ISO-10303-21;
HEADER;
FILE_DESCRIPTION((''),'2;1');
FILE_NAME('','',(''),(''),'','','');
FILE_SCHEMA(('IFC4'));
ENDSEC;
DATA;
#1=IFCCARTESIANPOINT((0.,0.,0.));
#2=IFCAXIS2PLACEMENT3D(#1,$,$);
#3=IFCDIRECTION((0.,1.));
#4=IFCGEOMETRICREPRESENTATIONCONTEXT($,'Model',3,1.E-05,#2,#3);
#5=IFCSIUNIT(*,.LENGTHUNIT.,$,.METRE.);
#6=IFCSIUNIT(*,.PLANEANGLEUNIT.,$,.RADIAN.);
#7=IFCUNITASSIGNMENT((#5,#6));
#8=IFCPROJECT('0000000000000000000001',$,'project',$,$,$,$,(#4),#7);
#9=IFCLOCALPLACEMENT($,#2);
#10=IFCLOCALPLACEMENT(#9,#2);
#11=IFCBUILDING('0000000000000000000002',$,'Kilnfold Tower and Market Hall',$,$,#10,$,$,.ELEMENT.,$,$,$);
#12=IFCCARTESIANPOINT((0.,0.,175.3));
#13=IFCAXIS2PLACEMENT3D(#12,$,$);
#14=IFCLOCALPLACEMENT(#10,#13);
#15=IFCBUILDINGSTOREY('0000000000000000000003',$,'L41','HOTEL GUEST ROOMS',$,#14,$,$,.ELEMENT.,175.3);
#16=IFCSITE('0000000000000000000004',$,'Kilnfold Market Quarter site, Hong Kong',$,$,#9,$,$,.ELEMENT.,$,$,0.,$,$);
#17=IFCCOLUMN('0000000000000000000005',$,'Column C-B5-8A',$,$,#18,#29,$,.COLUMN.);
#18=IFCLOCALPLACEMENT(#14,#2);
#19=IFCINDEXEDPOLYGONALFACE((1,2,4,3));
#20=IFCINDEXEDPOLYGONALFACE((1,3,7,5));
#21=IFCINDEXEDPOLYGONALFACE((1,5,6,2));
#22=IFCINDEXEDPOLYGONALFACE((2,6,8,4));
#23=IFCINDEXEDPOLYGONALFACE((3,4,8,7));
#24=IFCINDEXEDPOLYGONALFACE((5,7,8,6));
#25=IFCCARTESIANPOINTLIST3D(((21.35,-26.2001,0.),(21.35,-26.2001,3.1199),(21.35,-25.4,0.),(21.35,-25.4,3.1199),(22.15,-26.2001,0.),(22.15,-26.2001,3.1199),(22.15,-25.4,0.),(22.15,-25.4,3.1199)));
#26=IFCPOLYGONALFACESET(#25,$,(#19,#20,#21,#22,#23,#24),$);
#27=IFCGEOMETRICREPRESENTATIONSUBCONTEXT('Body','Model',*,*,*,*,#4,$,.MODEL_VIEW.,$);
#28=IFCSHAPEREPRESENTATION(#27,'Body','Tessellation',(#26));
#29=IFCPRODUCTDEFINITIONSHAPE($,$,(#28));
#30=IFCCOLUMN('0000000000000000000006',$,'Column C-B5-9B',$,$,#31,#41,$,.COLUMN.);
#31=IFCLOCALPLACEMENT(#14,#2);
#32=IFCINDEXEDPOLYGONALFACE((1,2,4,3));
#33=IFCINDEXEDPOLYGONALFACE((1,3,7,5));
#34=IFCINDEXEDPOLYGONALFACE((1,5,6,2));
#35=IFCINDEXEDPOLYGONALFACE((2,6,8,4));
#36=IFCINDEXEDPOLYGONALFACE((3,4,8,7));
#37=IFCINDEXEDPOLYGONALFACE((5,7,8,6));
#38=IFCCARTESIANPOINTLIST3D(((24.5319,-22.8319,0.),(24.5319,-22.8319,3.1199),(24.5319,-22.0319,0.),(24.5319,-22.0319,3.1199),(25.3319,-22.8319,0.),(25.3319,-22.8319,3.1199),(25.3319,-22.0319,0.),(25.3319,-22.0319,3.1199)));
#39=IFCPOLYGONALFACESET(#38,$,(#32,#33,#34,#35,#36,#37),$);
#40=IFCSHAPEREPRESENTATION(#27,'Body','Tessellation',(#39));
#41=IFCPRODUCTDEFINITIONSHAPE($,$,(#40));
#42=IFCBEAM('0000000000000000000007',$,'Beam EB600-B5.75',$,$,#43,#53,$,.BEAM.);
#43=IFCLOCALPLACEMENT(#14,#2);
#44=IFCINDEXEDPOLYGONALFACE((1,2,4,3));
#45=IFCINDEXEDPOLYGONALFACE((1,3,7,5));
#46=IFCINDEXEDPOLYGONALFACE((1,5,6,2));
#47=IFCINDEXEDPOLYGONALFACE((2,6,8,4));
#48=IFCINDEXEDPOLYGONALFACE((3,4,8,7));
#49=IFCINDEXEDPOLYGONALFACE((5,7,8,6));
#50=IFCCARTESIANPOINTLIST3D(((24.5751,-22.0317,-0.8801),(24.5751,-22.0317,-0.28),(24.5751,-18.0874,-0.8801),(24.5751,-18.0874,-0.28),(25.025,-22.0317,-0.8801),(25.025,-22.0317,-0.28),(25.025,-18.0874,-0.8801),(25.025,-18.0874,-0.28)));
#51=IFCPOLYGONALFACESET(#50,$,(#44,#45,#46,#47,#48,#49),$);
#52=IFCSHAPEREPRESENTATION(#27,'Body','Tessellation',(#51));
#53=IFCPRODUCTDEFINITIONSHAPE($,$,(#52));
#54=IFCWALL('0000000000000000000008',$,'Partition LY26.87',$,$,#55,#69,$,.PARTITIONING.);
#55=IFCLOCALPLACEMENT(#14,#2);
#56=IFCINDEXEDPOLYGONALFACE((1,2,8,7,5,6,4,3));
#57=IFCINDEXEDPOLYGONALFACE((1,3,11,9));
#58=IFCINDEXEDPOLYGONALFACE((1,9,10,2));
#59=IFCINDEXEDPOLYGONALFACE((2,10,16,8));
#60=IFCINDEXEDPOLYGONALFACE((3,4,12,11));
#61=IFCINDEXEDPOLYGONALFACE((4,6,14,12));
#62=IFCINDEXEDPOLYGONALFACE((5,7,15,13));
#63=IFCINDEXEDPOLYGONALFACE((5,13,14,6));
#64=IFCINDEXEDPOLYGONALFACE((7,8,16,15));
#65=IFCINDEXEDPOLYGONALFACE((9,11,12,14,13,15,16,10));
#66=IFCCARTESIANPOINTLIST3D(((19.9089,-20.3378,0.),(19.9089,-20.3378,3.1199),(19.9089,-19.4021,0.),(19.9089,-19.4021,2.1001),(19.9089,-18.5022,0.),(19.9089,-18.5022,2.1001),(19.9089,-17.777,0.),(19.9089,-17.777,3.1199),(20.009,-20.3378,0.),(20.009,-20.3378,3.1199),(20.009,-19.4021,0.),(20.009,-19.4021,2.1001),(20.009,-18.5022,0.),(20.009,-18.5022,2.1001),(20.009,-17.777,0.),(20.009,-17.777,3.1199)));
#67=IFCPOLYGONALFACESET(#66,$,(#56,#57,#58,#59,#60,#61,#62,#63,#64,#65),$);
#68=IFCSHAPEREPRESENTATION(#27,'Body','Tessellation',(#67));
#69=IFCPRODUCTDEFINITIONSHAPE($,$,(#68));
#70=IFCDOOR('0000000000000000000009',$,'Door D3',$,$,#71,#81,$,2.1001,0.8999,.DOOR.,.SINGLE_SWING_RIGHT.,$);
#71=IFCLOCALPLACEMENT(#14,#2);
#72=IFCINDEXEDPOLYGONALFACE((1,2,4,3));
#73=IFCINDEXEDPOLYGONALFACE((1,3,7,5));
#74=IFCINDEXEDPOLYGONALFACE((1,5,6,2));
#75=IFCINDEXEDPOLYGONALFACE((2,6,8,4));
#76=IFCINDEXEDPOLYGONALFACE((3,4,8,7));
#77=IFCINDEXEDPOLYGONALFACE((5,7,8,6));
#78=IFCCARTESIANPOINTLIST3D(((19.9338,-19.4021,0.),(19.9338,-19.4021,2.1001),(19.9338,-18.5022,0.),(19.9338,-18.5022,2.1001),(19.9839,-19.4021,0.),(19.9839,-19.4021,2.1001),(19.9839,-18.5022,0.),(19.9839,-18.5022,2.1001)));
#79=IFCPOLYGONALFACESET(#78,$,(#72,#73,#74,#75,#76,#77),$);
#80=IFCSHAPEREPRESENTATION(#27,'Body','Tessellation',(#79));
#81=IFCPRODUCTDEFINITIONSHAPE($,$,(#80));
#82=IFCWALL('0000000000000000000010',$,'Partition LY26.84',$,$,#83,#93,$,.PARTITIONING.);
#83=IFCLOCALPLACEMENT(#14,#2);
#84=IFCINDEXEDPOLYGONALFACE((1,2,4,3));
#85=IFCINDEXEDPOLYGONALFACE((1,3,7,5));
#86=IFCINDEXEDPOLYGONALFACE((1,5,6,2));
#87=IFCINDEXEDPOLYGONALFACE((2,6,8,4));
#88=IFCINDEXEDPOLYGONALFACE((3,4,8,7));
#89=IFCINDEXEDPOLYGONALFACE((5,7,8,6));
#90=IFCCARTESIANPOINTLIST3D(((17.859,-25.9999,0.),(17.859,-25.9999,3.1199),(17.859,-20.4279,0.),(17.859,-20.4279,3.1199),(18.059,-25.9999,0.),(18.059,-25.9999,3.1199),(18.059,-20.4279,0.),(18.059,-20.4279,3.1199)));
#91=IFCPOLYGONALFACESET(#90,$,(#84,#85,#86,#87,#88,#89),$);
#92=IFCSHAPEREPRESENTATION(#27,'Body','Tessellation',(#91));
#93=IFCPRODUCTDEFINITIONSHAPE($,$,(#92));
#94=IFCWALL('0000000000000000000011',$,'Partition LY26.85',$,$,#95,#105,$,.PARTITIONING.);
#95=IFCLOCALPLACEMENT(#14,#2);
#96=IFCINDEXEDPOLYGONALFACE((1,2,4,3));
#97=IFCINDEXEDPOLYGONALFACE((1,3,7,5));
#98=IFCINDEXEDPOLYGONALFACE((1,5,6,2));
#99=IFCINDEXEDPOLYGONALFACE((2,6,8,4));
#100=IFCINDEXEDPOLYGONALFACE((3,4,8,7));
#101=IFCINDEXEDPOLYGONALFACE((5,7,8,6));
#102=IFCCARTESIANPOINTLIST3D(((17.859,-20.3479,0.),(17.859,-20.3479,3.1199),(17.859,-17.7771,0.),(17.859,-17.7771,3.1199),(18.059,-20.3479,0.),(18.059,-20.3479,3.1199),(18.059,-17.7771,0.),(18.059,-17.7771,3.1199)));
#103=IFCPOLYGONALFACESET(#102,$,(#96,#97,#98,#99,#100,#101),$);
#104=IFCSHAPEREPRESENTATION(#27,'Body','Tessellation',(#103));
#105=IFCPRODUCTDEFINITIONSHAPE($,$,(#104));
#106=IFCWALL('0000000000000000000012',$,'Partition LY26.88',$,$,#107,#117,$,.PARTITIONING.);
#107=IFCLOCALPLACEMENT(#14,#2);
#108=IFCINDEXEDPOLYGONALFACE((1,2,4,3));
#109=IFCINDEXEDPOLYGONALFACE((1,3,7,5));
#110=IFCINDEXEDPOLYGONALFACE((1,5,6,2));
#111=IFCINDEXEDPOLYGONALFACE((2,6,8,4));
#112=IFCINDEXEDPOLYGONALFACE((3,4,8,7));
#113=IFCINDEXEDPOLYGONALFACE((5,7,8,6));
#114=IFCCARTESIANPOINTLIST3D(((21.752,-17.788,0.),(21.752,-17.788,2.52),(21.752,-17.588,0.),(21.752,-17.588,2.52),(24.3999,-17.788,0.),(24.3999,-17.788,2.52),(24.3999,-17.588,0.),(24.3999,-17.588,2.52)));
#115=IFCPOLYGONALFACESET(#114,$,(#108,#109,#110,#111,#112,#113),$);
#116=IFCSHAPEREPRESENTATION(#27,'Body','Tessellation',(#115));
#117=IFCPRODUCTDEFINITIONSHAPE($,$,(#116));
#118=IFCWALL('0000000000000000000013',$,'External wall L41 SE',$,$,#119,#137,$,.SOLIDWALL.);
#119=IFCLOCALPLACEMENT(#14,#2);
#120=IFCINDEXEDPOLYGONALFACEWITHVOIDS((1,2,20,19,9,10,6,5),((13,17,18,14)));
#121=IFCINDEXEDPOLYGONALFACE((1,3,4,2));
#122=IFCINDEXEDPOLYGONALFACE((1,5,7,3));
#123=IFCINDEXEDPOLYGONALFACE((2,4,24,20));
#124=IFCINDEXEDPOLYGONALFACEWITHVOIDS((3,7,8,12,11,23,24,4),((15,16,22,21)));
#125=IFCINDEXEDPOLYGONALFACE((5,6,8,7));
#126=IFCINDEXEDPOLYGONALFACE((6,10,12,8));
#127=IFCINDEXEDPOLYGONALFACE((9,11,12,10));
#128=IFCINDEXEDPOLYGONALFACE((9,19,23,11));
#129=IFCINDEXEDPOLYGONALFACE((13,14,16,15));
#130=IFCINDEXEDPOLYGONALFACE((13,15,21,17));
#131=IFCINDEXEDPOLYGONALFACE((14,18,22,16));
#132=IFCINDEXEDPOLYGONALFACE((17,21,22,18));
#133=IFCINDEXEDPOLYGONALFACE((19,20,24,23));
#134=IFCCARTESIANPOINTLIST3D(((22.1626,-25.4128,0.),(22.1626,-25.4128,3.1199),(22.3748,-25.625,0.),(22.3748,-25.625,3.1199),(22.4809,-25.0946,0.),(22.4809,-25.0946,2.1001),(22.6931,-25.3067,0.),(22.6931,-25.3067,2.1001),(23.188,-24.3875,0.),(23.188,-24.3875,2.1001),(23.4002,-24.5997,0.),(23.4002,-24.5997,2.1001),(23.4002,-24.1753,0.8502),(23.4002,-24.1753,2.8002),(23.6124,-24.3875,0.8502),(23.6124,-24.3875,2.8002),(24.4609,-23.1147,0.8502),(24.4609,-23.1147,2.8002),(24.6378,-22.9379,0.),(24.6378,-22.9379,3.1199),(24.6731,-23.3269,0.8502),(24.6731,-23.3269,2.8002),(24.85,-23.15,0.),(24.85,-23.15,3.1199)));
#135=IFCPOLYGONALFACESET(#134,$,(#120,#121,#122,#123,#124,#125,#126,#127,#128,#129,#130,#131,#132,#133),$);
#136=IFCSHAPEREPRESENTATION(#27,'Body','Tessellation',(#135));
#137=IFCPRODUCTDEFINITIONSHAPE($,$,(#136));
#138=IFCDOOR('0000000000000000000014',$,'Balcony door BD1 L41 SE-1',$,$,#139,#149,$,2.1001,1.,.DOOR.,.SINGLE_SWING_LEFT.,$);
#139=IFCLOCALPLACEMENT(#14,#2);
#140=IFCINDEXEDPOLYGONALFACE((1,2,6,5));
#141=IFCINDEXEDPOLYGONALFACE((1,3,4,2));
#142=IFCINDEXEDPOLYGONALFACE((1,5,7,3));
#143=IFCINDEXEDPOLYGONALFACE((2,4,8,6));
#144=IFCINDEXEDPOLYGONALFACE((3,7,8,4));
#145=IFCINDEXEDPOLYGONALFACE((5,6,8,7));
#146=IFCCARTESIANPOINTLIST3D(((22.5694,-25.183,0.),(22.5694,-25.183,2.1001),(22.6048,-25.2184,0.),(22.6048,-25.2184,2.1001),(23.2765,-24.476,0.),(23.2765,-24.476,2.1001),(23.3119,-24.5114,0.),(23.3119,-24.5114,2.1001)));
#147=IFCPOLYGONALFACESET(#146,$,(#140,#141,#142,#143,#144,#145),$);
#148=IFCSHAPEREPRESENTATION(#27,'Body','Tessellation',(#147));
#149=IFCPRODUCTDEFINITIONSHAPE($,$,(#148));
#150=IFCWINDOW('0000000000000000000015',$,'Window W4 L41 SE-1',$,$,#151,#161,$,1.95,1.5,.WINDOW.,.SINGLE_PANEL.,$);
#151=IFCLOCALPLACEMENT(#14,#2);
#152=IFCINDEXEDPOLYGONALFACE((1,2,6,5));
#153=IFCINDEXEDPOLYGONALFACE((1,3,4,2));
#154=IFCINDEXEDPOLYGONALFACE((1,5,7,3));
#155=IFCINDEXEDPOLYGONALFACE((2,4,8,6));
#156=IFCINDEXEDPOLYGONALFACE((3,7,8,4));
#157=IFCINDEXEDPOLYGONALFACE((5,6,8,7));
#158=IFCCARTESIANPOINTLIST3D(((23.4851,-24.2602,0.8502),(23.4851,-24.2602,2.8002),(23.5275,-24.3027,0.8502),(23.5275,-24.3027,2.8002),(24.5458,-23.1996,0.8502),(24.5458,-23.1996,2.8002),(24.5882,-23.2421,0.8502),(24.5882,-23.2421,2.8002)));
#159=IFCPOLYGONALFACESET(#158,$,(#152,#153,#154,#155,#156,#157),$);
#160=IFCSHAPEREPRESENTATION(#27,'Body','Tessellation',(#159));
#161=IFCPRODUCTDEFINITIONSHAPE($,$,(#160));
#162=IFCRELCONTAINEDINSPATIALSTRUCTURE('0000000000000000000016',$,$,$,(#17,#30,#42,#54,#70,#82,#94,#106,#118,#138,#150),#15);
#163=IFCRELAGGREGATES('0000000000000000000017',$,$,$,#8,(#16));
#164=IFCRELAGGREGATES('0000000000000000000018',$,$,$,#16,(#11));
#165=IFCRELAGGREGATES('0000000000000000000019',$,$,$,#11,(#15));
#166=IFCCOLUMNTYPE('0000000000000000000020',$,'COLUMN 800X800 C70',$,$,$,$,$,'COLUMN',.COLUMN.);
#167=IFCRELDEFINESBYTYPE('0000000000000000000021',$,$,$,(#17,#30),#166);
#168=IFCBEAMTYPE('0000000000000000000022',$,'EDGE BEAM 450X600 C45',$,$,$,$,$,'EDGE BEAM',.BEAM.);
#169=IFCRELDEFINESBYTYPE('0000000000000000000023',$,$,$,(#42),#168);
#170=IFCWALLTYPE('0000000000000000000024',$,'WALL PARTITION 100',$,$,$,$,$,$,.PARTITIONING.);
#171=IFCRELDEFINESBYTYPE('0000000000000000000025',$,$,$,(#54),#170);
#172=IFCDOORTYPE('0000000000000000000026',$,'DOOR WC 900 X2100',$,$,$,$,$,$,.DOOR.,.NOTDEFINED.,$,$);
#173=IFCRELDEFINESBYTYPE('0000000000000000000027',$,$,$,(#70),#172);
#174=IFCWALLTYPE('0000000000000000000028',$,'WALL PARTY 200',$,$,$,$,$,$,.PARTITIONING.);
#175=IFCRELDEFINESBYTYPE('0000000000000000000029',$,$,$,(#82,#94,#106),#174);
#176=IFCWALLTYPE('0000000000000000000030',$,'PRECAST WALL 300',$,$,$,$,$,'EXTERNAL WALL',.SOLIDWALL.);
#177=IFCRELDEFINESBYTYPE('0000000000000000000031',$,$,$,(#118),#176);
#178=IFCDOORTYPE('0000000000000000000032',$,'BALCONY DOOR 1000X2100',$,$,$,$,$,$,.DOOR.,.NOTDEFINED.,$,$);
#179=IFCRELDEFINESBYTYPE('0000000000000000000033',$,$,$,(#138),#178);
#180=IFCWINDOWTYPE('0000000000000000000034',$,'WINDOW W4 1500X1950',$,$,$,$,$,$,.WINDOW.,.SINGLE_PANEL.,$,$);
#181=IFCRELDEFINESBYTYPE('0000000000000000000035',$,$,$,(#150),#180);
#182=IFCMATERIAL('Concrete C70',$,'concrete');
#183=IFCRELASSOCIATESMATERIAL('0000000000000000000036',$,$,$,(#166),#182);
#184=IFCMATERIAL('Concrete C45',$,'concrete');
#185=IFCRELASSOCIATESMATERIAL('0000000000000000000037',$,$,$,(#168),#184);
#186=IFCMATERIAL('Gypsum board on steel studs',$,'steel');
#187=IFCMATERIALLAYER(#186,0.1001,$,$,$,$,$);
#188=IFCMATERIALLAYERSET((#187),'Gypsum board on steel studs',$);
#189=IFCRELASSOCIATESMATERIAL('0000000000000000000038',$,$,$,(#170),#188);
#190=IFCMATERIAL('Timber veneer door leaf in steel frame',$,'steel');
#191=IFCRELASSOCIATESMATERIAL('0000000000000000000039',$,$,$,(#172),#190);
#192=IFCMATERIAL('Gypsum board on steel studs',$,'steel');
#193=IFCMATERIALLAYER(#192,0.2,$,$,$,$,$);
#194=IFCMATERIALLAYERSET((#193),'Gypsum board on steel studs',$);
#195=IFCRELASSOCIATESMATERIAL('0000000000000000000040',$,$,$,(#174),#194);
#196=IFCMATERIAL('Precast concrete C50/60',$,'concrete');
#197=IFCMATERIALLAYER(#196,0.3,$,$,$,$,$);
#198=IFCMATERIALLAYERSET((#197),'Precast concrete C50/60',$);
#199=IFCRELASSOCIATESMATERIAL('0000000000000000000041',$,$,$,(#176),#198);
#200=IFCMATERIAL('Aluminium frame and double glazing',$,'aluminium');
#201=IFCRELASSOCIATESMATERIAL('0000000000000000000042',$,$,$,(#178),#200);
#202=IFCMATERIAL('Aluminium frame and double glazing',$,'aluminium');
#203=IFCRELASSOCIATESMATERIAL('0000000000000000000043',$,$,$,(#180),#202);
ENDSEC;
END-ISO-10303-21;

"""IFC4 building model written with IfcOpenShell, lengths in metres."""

from ifc_helpers import new_model, si_unit, direction, frame, frame_2d, origin, origin_2d, place, context, subcontext, project, spatial, rectangle, extrude, source, transform, mapped, material, layer, layer_set, material_profile, profile_set, type_object, element, fill, save


model = new_model("IFC4")

# Units and contexts
model_context = context("Model", 3, precision=1e-05, world=origin(), true_north=direction((0.0, 1.0)))
body_context = subcontext(model_context, "Body", "Model", "MODEL_VIEW")
ifc_project = project(units=[si_unit("LENGTHUNIT", "METRE"), si_unit("PLANEANGLEUNIT", "RADIAN")], contexts=[model_context])

# Site, building, storey
site_placement = place(None, origin())
site = spatial("IfcSite", under=ifc_project, at=site_placement, Name="Kilnfold Market Quarter site, Hong Kong", CompositionType="ELEMENT", RefElevation=0.0)
building_placement = place(site_placement, origin())
building = spatial("IfcBuilding", under=site, at=building_placement, Name="Kilnfold Tower and Market Hall", CompositionType="ELEMENT")
storey_placement = place(building_placement, frame((0.0, 0.0, 175.3)))
storey = spatial("IfcBuildingStorey", under=building, at=storey_placement, Name="L41", Description="HOTEL GUEST ROOMS", CompositionType="ELEMENT", Elevation=175.3)

# Columns
ifc_material_1 = material(Name="Concrete C70", Category="concrete")
ifc_material_profile_1 = material_profile(ifc_material_1, rectangle(XDim=0.8, YDim=0.8, at=origin_2d()), Name="RC 800x800")
ifc_profile_set_1 = profile_set([ifc_material_profile_1], Name="Concrete C70")
column_type = type_object("IfcColumnType", Name="COLUMN 800X800 C70", ElementType="COLUMN", PredefinedType="COLUMN", material=ifc_profile_set_1)
shared_shape_1 = source(origin(), body_context, "Body", "SweptSolid", [
    extrude(rectangle(XDim=0.8, YDim=0.8, at=origin_2d()), origin(), (0.0, 0.0, 1.0), 3.1199),
])
for number, where, z_axis, x_axis, name in (
    (1, (21.75, -25.8, 0.0), (0.0, 0.0, 1.0), (1.0, 0.0, 0.0), "Column C-B5-8A"),
    (2, (24.9319, -22.4319, 0.0), (0.0, 0.0, 1.0), (1.0, 0.0, 0.0), "Column C-B5-9B"),
):
    element("IfcColumn", number, at=place(storey_placement, frame(where, z_axis=z_axis, x_axis=x_axis)), inside=storey, type_object=column_type, Name=name, PredefinedType="COLUMN", context=body_context, shape_type="MappedRepresentation", body=[
        mapped(shared_shape_1, transform((0.0, 0.0, 0.0))),
    ])

# Beam
ifc_material_2 = material(Name="Concrete C45", Category="concrete")
ifc_material_profile_2 = material_profile(ifc_material_2, rectangle(XDim=0.45, YDim=0.6001, at=origin_2d()), Name="RC 450x600")
ifc_profile_set_2 = profile_set([ifc_material_profile_2], Name="Concrete C45")
beam_type = type_object("IfcBeamType", Name="EDGE BEAM 450X600 C45", ElementType="EDGE BEAM", PredefinedType="BEAM", material=ifc_profile_set_2)
shared_shape_2 = source(origin(), body_context, "Body", "SweptSolid", [
    extrude(rectangle(XDim=0.45, YDim=0.6001, at=origin_2d()), origin(), (0.0, 0.0, 1.0), 3.9443),
])
beam_placement = place(storey_placement, frame((24.8, -22.0317, -0.5801), z_axis=(0.0, 1.0, 0.0), x_axis=(-1.0, 0.0, 0.0)))
element("IfcBeam", 3, at=beam_placement, inside=storey, type_object=beam_type, Name="Beam EB600-B5.75", PredefinedType="BEAM", context=body_context, shape_type="MappedRepresentation", body=[
    mapped(shared_shape_2, transform((0.0, 0.0, 0.0))),
])

# Wall, opening, door
ifc_material_3 = material(Name="Gypsum board on steel studs", Category="steel")
ifc_layer_1 = layer(ifc_material_3, 0.1001)
ifc_layer_set_1 = layer_set([ifc_layer_1], Name="Gypsum board on steel studs")
wall_type_1 = type_object("IfcWallType", Name="WALL PARTITION 100", PredefinedType="PARTITIONING", material=ifc_layer_set_1)
wall_1_placement = place(storey_placement, frame((19.959, -17.7771, 0.0), z_axis=(0.0, 0.0, 1.0), x_axis=(0.0, -1.0, 0.0)))
wall_1 = element("IfcWall", 4, at=wall_1_placement, inside=storey, type_object=wall_type_1, Name="Partition LY26.87", PredefinedType="PARTITIONING", context=body_context, shape_type="SweptSolid", body=[
    extrude(rectangle(XDim=2.5608, YDim=0.1001, at=frame_2d((1.2803, 0.0))), origin(), (0.0, 0.0, 1.0), 3.1199),
])
opening_1_placement = place(wall_1_placement, frame((0.7251, 0.0, 0.0)))
opening_1 = element("IfcOpeningElement", 5, at=opening_1_placement, cuts=wall_1, PredefinedType="OPENING", context=body_context, shape_type="SweptSolid", body=[
    extrude(rectangle(XDim=0.8999, YDim=2.1001, at=frame_2d((0.45, 1.05))), frame((0.0, 0.0601, 0.0), z_axis=(0.0, -1.0, 0.0), x_axis=(1.0, 0.0, 0.0)), (0.0, 0.0, 1.0), 0.1201),
])
ifc_material_4 = material(Name="Timber veneer door leaf in steel frame", Category="steel")
door_type_1 = type_object("IfcDoorType", Name="DOOR WC 900 X2100", OperationType="NOTDEFINED", PredefinedType="DOOR", material=ifc_material_4)
door_1_placement = place(opening_1_placement, origin())
door_1 = element("IfcDoor", 6, at=door_1_placement, inside=storey, type_object=door_type_1, Name="Door D3", OperationType="SINGLE_SWING_RIGHT", OverallHeight=2.1001, OverallWidth=0.8999, PredefinedType="DOOR", context=body_context, shape_type="SweptSolid", body=[
    extrude(rectangle(XDim=0.8999, YDim=2.1001, at=frame_2d((0.45, 1.05))), frame((0.0, 0.0249, 0.0), z_axis=(0.0, -1.0, 0.0), x_axis=(1.0, 0.0, 0.0)), (0.0, 0.0, 1.0), 0.05),
])
fill(opening_1, door_1)

# Walls
ifc_material_5 = material(Name="Gypsum board on steel studs", Category="steel")
ifc_layer_2 = layer(ifc_material_5, 0.2)
ifc_layer_set_2 = layer_set([ifc_layer_2], Name="Gypsum board on steel studs")
wall_type_2 = type_object("IfcWallType", Name="WALL PARTY 200", PredefinedType="PARTITIONING", material=ifc_layer_set_2)
wall_2_placement = place(storey_placement, frame((17.959, -26.0, 0.0), z_axis=(0.0, 0.0, 1.0), x_axis=(0.0, 1.0, 0.0)))
element("IfcWall", 7, at=wall_2_placement, inside=storey, type_object=wall_type_2, Name="Partition LY26.84", PredefinedType="PARTITIONING", context=body_context, shape_type="SweptSolid", body=[
    extrude(rectangle(XDim=5.572, YDim=0.2, at=frame_2d((2.7861, 0.0))), origin(), (0.0, 0.0, 1.0), 3.1199),
])
wall_3_placement = place(storey_placement, frame((17.959, -20.3479, 0.0), z_axis=(0.0, 0.0, 1.0), x_axis=(0.0, 1.0, 0.0)))
element("IfcWall", 8, at=wall_3_placement, inside=storey, type_object=wall_type_2, Name="Partition LY26.85", PredefinedType="PARTITIONING", context=body_context, shape_type="SweptSolid", body=[
    extrude(rectangle(XDim=2.5708, YDim=0.2, at=frame_2d((1.2854, 0.0))), origin(), (0.0, 0.0, 1.0), 3.1199),
])
wall_4_placement = place(storey_placement, frame((21.752, -17.688, 0.0), z_axis=(0.0, 0.0, 1.0), x_axis=(1.0, 0.0, 0.0)))
element("IfcWall", 9, at=wall_4_placement, inside=storey, type_object=wall_type_2, Name="Partition LY26.88", PredefinedType="PARTITIONING", context=body_context, shape_type="SweptSolid", body=[
    extrude(rectangle(XDim=2.6479, YDim=0.2, at=frame_2d((1.324, 0.0))), origin(), (0.0, 0.0, 1.0), 2.52),
])

# Wall, openings, door, window
ifc_material_6 = material(Name="Precast concrete C50/60", Category="concrete")
ifc_layer_3 = layer(ifc_material_6, 0.3)
ifc_layer_set_3 = layer_set([ifc_layer_3], Name="Precast concrete C50/60")
wall_type_3 = type_object("IfcWallType", Name="PRECAST WALL 300", ElementType="EXTERNAL WALL", PredefinedType="SOLIDWALL", material=ifc_layer_set_3)
shared_shape_3 = source(origin(), body_context, "Body", "SweptSolid", [
    extrude(rectangle(XDim=3.5002, YDim=0.3, at=frame_2d((1.75, 0.0))), origin(), (0.0, 0.0, 1.0), 3.1199),
])
wall_5_placement = place(storey_placement, frame((22.2688, -25.5188, 0.0), z_axis=(0.0, 0.0, 1.0), x_axis=(0.707142, 0.707072, 0.0)))
wall_5 = element("IfcWall", 10, at=wall_5_placement, inside=storey, type_object=wall_type_3, Name="External wall L41 SE", PredefinedType="SOLIDWALL", context=body_context, shape_type="MappedRepresentation", body=[
    mapped(shared_shape_3, transform((0.0, 0.0, 0.0))),
])
opening_2_placement = place(wall_5_placement, frame((1.75, 0.0, 0.8501)))
opening_2 = element("IfcOpeningElement", 11, at=opening_2_placement, cuts=wall_5, PredefinedType="OPENING", context=body_context, shape_type="SweptSolid", body=[
    extrude(rectangle(XDim=1.5, YDim=1.95, at=frame_2d((0.75, 0.9751))), frame((0.0, 0.1602, 0.0), z_axis=(0.0, -1.0, 0.0), x_axis=(1.0, 0.0, 0.0)), (0.0, 0.0, 1.0), 0.3201),
])
opening_3_placement = place(wall_5_placement, frame((0.45, 0.0, 0.0)))
opening_3 = element("IfcOpeningElement", 12, at=opening_3_placement, cuts=wall_5, PredefinedType="OPENING", context=body_context, shape_type="SweptSolid", body=[
    extrude(rectangle(XDim=1.0, YDim=2.1001, at=frame_2d((0.5, 1.05))), frame((0.0, 0.1602, 0.0), z_axis=(0.0, -1.0, 0.0), x_axis=(1.0, 0.0, 0.0)), (0.0, 0.0, 1.0), 0.3201),
])
ifc_material_7 = material(Name="Aluminium frame and double glazing", Category="aluminium")
door_type_2 = type_object("IfcDoorType", Name="BALCONY DOOR 1000X2100", OperationType="NOTDEFINED", PredefinedType="DOOR", material=ifc_material_7)
door_2_placement = place(opening_3_placement, origin())
door_2 = element("IfcDoor", 13, at=door_2_placement, inside=storey, type_object=door_type_2, Name="Balcony door BD1 L41 SE-1", OperationType="SINGLE_SWING_LEFT", OverallHeight=2.1001, OverallWidth=1.0, PredefinedType="DOOR", context=body_context, shape_type="SweptSolid", body=[
    extrude(rectangle(XDim=1.0, YDim=2.1001, at=frame_2d((0.5, 1.05))), frame((0.0, 0.0249, 0.0), z_axis=(0.0, -1.0, 0.0), x_axis=(1.0, 0.0, 0.0)), (0.0, 0.0, 1.0), 0.05),
])
fill(opening_3, door_2)
ifc_material_8 = material(Name="Aluminium frame and double glazing", Category="aluminium")
window_type = type_object("IfcWindowType", Name="WINDOW W4 1500X1950", PartitioningType="SINGLE_PANEL", PredefinedType="WINDOW", material=ifc_material_8)
window_1_placement = place(opening_2_placement, origin())
window_1 = element("IfcWindow", 14, at=window_1_placement, inside=storey, type_object=window_type, Name="Window W4 L41 SE-1", OverallHeight=1.95, OverallWidth=1.5, PartitioningType="SINGLE_PANEL", PredefinedType="WINDOW", context=body_context, shape_type="SweptSolid", body=[
    extrude(rectangle(XDim=1.5, YDim=1.95, at=frame_2d((0.75, 0.9751))), frame((0.0, 0.03, 0.0), z_axis=(0.0, -1.0, 0.0), x_axis=(1.0, 0.0, 0.0)), (0.0, 0.0, 1.0), 0.0601),
])
fill(opening_2, window_1)

save(model, "model.ifc")
